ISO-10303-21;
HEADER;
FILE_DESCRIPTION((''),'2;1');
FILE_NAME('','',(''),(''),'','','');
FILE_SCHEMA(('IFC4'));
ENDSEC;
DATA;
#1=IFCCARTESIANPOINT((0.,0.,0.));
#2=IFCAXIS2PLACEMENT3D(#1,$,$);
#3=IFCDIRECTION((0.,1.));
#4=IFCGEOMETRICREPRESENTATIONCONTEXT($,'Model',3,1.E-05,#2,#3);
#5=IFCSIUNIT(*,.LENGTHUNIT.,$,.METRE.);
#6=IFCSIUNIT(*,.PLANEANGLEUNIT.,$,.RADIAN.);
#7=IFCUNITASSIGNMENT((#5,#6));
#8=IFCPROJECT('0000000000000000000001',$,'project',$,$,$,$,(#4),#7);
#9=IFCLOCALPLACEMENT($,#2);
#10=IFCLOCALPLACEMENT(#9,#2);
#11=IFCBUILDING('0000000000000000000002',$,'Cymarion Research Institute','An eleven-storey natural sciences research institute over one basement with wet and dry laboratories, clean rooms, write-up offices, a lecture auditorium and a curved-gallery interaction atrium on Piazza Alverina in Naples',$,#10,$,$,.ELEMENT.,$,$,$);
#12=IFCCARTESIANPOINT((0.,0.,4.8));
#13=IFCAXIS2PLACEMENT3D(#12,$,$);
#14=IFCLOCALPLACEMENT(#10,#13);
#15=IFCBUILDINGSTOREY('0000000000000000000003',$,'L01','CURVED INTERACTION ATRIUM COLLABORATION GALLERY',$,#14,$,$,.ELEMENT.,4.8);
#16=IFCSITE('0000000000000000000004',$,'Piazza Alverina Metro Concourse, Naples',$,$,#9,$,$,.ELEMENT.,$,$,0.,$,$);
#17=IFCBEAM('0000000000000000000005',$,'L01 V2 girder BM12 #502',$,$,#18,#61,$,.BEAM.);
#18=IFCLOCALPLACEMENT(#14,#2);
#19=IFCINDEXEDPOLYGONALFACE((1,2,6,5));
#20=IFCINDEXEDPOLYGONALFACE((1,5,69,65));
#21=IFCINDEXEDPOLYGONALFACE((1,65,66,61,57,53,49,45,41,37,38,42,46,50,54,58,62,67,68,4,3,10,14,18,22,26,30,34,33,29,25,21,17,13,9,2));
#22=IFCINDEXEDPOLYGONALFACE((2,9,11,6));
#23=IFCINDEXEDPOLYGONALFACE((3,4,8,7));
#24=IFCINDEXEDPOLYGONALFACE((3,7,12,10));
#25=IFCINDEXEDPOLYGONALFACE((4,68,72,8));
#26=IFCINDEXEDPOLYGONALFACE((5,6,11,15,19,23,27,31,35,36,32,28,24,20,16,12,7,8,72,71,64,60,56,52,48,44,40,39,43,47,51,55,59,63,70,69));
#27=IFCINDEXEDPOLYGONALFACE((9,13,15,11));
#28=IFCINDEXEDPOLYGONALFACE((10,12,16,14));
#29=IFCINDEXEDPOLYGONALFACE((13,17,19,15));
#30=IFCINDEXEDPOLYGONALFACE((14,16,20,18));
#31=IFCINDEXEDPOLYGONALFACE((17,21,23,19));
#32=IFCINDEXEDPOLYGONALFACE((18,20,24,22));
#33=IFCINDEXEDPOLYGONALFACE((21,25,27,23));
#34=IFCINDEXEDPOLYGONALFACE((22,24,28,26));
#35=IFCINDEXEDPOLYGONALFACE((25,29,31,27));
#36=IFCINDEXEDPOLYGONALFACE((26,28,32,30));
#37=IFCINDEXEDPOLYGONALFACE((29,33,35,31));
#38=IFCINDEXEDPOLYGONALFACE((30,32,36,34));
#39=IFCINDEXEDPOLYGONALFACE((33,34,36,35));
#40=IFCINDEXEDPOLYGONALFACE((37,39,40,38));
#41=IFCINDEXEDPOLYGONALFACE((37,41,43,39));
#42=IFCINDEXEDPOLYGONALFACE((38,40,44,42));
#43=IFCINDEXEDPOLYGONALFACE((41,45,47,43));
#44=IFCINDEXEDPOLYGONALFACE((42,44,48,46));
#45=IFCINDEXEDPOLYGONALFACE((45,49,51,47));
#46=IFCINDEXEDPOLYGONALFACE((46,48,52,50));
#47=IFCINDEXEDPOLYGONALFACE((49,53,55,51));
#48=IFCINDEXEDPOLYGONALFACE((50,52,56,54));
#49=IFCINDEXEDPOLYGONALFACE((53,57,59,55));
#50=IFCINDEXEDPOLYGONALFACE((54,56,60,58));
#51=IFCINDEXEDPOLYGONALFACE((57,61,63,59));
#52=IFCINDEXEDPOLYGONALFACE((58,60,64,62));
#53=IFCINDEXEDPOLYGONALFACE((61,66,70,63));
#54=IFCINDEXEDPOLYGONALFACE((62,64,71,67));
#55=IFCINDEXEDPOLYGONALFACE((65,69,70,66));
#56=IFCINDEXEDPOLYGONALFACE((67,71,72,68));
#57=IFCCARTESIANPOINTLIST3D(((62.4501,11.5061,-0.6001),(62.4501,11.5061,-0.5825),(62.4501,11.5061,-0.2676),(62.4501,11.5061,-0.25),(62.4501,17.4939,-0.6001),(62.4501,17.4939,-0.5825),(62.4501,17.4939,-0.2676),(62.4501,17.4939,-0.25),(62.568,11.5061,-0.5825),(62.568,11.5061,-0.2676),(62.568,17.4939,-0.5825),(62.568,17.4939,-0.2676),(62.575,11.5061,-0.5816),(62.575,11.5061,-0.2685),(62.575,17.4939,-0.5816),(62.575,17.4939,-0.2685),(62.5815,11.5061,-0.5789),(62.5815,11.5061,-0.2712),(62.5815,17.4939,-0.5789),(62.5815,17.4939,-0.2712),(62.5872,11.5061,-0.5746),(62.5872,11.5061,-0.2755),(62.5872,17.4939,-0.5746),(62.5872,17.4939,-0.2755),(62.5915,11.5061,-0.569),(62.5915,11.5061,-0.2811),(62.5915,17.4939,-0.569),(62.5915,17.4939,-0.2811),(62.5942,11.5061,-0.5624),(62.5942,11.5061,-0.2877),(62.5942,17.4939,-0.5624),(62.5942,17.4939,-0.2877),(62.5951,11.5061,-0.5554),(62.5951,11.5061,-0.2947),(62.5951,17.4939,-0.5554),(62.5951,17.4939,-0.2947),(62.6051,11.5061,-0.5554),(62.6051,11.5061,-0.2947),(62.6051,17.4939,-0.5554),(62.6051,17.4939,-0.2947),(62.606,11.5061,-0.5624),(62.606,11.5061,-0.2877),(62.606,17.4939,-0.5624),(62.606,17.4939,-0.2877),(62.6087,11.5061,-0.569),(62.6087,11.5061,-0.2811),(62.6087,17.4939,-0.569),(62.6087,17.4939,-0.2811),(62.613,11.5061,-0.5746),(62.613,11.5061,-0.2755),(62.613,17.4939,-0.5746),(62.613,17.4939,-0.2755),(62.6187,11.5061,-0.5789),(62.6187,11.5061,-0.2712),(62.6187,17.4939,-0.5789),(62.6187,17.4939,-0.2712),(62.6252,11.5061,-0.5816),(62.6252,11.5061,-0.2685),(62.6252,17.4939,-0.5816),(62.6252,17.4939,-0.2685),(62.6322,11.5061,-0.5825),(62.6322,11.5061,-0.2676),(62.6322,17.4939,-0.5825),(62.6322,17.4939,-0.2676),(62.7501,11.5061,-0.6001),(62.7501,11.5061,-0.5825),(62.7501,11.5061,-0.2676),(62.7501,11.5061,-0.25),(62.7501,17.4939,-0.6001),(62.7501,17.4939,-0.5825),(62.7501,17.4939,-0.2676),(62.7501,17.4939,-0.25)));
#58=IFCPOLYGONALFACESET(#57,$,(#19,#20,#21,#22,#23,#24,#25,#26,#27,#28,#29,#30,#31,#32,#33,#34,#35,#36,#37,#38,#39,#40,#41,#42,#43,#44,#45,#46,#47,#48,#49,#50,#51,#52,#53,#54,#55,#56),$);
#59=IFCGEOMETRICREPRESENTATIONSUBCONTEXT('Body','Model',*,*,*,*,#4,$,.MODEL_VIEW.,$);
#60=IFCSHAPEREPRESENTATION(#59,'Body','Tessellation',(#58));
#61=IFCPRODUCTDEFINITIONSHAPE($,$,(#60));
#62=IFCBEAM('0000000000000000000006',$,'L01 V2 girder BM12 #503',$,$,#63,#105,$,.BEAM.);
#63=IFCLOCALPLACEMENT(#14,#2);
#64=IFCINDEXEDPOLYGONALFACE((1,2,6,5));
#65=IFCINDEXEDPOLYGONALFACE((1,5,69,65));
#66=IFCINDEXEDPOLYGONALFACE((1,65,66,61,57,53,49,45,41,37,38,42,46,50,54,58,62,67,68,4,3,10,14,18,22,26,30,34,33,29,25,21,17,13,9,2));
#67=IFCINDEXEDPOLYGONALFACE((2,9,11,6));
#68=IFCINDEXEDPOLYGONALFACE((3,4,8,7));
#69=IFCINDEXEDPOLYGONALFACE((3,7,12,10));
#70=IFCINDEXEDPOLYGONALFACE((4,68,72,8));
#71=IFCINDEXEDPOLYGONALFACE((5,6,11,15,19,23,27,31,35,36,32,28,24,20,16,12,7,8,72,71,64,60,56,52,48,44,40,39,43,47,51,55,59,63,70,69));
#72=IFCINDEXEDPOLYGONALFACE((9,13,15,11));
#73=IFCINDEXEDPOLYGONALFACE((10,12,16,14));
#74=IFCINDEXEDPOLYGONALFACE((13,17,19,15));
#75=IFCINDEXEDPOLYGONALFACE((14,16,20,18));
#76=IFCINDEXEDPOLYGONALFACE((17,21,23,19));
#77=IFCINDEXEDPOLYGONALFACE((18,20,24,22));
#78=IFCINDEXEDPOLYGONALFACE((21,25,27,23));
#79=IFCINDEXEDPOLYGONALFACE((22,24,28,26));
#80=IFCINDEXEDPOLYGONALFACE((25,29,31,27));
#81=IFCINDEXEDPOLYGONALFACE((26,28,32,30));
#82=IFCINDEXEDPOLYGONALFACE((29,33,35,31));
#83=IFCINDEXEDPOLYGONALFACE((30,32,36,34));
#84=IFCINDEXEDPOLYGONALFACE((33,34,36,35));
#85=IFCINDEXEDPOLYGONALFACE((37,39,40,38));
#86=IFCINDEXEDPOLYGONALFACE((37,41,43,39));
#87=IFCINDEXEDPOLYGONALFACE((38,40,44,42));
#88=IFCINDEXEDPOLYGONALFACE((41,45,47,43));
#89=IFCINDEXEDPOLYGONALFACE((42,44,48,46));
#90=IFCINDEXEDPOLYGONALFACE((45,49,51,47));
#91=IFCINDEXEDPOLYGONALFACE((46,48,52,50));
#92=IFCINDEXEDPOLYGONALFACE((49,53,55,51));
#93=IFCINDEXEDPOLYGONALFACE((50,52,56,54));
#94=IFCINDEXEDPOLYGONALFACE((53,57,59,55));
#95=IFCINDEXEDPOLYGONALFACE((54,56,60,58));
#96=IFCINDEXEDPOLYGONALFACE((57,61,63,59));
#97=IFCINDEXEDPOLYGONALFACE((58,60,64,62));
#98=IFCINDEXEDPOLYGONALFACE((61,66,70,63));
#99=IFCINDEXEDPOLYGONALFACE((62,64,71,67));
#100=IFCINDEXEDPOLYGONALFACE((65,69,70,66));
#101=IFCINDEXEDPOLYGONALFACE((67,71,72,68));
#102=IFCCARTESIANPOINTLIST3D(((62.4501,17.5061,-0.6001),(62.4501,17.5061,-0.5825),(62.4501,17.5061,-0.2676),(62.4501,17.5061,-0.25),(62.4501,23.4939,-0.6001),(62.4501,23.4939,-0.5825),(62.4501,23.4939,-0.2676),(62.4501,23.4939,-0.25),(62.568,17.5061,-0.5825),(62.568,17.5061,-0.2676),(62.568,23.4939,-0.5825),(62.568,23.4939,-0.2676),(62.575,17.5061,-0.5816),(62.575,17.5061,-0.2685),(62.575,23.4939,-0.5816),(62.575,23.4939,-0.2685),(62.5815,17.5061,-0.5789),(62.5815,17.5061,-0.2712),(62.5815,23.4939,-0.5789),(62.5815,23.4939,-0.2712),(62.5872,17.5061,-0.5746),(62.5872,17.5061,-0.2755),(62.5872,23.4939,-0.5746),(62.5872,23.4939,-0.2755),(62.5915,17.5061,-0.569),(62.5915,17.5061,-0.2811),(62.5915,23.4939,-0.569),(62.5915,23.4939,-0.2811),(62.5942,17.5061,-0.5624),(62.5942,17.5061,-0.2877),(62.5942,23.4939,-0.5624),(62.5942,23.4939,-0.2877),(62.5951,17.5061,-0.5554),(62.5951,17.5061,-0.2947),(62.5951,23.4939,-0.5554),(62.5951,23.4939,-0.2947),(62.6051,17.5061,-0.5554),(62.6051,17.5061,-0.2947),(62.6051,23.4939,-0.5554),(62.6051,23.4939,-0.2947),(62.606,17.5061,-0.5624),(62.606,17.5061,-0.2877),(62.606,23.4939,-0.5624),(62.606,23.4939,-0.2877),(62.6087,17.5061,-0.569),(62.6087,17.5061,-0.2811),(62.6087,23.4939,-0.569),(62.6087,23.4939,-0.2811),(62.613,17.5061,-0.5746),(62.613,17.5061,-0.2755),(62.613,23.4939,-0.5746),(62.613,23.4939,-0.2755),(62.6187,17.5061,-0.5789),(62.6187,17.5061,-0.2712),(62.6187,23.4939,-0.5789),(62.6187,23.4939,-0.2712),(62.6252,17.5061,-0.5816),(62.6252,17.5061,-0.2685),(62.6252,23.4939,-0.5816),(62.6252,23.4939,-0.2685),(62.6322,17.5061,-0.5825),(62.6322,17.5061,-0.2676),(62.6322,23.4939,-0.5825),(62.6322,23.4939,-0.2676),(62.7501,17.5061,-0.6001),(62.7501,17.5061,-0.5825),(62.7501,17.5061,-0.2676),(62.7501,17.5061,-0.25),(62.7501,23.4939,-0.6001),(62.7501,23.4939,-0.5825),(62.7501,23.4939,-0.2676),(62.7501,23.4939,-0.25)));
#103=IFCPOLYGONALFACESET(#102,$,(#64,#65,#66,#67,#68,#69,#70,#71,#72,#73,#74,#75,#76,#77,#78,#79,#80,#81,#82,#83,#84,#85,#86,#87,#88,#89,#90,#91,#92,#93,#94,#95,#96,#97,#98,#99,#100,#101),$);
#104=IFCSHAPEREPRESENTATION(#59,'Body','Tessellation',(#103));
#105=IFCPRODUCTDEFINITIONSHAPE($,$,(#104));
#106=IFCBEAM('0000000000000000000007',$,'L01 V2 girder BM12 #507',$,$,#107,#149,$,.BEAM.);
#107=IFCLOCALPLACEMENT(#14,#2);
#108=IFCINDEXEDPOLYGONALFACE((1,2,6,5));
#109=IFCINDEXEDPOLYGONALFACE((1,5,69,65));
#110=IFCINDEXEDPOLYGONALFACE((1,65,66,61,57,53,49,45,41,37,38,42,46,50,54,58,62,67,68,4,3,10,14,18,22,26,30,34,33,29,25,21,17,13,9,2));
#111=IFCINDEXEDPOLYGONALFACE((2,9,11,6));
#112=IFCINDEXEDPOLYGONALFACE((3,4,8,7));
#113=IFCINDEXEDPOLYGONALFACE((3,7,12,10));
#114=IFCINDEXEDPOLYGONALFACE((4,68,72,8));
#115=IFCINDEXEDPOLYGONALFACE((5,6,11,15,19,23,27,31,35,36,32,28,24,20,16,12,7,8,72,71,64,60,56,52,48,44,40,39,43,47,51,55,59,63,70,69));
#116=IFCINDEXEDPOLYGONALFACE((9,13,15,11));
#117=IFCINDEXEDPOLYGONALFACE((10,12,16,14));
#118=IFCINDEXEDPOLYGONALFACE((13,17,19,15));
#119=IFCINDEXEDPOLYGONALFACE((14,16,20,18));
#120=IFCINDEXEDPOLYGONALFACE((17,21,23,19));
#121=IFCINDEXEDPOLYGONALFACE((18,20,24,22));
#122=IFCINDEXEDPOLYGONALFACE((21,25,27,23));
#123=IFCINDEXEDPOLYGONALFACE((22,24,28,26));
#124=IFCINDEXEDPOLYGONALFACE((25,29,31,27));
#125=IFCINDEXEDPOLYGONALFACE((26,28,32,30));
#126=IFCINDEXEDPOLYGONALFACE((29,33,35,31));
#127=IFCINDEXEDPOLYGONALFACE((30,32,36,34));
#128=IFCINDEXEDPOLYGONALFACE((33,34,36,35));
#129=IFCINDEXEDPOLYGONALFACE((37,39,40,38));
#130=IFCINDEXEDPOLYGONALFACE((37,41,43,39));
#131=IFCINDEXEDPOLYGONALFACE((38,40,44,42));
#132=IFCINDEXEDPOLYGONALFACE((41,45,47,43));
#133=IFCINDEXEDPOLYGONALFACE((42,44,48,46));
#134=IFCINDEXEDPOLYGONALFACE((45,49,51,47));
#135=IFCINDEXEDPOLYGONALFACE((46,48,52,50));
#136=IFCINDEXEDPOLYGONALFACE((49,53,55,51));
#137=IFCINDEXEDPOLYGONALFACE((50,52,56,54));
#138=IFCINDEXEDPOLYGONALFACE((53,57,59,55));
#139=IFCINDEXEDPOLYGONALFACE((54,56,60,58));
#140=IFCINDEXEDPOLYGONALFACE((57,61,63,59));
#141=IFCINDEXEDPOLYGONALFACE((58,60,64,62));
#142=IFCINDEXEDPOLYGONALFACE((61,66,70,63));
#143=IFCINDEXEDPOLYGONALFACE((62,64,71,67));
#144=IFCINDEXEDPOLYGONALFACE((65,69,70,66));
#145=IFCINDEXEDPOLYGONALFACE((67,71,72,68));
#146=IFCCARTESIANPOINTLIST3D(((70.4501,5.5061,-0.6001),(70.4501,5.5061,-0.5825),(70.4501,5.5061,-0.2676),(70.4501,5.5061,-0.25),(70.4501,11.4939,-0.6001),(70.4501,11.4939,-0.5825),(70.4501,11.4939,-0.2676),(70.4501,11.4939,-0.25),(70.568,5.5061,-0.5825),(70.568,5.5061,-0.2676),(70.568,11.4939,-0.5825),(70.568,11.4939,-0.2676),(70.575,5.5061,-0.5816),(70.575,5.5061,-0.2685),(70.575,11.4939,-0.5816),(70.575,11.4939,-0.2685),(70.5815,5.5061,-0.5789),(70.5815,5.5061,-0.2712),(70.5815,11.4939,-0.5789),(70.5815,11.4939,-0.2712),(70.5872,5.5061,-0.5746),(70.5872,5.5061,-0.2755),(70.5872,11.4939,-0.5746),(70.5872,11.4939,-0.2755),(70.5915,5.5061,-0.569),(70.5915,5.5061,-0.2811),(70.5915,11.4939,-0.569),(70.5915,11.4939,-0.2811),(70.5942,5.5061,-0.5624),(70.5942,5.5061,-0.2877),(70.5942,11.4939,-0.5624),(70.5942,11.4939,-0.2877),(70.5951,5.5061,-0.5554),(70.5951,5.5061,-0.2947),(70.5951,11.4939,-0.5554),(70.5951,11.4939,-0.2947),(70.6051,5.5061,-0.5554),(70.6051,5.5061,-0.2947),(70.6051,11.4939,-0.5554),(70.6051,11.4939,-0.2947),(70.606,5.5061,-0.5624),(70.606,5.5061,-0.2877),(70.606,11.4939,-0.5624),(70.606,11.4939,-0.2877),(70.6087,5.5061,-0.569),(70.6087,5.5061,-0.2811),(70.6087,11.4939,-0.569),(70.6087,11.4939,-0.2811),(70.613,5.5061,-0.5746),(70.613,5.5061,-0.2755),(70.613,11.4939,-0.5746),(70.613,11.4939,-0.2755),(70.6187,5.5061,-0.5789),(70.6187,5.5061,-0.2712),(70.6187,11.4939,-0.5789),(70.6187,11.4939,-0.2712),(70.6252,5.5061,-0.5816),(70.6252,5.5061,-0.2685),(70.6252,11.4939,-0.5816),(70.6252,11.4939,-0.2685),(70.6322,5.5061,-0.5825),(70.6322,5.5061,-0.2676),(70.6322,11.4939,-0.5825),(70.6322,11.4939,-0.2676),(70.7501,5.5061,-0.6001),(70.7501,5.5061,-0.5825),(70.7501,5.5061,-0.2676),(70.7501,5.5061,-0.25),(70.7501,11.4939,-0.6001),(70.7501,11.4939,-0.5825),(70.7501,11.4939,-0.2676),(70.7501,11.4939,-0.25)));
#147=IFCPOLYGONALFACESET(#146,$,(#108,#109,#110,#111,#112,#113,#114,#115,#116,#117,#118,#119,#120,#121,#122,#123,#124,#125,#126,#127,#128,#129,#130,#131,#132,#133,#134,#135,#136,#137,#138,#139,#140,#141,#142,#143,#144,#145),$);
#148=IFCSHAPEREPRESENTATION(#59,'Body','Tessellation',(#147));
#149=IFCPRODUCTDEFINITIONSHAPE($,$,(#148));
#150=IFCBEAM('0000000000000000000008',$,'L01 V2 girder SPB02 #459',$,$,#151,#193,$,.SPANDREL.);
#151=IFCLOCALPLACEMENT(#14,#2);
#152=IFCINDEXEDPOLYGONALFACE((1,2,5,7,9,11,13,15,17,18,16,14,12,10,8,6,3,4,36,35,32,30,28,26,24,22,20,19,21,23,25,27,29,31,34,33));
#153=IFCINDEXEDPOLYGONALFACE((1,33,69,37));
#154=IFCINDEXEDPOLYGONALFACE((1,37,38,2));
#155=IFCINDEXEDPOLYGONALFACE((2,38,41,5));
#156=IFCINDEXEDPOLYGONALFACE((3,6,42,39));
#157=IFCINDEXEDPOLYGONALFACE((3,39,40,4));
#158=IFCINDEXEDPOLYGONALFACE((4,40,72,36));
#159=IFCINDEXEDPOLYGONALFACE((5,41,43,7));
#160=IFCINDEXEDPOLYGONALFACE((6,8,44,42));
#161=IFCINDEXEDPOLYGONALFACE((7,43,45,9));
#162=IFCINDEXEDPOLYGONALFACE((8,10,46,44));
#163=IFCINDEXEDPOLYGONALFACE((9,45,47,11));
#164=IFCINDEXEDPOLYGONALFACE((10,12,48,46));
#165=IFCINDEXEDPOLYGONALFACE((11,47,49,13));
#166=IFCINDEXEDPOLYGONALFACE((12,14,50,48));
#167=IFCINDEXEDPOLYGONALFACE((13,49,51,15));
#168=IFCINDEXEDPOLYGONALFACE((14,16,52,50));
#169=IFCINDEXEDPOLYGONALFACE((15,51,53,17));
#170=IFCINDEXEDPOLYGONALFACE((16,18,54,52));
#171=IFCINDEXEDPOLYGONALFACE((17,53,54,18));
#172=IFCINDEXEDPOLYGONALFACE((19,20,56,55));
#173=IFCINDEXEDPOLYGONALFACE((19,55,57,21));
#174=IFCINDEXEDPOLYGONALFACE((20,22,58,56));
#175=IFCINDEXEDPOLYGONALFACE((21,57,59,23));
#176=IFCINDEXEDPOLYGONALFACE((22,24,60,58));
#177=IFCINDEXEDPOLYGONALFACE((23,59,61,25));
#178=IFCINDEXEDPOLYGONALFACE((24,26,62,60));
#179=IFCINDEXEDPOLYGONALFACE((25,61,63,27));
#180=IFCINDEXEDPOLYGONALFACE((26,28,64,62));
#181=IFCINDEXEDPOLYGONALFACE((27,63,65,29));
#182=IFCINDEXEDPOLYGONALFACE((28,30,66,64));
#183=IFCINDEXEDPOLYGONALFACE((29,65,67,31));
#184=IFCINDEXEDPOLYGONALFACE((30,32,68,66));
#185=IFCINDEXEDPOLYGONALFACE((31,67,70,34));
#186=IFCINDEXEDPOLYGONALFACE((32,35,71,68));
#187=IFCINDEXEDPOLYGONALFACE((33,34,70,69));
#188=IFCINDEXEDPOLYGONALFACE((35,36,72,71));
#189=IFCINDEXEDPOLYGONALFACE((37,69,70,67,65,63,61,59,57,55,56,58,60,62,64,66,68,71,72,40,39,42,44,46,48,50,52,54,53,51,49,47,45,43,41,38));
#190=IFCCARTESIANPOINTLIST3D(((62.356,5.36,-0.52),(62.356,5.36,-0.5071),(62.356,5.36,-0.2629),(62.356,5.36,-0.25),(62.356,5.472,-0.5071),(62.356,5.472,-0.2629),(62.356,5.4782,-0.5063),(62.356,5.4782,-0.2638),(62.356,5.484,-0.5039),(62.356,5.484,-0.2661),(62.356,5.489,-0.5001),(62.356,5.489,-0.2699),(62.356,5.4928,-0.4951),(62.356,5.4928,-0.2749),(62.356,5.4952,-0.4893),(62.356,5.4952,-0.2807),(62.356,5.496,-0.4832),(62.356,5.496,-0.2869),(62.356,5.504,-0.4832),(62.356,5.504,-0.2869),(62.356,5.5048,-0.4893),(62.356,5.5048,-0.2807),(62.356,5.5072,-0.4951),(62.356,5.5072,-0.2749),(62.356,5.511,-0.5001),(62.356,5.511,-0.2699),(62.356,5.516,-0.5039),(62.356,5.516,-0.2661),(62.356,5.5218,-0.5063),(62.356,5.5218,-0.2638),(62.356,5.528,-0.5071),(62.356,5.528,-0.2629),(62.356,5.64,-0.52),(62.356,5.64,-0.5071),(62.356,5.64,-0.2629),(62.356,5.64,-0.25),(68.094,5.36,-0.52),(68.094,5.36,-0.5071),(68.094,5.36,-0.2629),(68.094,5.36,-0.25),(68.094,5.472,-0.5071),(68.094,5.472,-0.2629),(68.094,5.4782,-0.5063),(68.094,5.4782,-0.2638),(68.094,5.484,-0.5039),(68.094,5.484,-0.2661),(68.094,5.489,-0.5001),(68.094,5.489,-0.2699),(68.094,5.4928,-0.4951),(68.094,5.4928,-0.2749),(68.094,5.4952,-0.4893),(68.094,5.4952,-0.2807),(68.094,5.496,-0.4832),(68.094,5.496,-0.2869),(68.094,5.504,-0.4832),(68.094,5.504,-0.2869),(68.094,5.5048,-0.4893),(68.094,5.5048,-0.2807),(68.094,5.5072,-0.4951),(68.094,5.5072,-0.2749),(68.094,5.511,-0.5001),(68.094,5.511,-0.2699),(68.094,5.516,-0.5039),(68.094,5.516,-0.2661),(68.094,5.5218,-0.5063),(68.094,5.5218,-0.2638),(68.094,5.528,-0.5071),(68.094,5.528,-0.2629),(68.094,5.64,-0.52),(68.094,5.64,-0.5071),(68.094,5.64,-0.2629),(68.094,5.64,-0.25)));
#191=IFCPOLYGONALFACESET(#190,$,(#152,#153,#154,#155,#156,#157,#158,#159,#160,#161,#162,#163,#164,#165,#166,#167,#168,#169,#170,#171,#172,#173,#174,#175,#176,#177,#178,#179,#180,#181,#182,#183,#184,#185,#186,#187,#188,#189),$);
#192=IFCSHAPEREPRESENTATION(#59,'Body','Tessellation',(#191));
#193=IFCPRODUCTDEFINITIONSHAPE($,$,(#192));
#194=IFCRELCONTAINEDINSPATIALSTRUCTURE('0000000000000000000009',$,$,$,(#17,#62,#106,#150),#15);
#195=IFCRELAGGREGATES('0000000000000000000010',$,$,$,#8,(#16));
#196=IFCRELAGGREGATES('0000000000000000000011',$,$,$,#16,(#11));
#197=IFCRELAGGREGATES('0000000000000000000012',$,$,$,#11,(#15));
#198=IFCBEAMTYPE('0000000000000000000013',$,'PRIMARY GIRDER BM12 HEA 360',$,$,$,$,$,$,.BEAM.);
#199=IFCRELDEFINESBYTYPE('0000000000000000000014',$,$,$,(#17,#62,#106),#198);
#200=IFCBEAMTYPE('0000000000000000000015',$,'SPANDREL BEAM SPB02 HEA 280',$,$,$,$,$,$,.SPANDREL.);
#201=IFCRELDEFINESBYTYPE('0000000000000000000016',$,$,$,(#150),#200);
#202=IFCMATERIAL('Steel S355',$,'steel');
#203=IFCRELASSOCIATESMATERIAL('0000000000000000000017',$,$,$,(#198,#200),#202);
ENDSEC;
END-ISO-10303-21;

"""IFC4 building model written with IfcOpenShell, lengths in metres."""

from ifc_helpers import new_model, si_unit, direction, frame, origin, origin_2d, place, context, subcontext, project, spatial, i_section, extrude, material, material_profile, profile_set, type_object, element, save


model = new_model("IFC4")

# Units and contexts
model_context = context("Model", 3, precision=1e-05, world=origin(), true_north=direction((0.0, 1.0)))
body_context = subcontext(model_context, "Body", "Model", "MODEL_VIEW")
ifc_project = project(units=[si_unit("LENGTHUNIT", "METRE"), si_unit("PLANEANGLEUNIT", "RADIAN")], contexts=[model_context])

# Site, building, storey
site_placement = place(None, origin())
site = spatial("IfcSite", under=ifc_project, at=site_placement, Name="Piazza Alverina Metro Concourse, Naples", CompositionType="ELEMENT", RefElevation=0.0)
building_placement = place(site_placement, origin())
building = spatial("IfcBuilding", under=site, at=building_placement, Name="Cymarion Research Institute", Description="An eleven-storey natural sciences research institute over one basement with wet and dry laboratories, clean rooms, write-up offices, a lecture auditorium and a curved-gallery interaction atrium on Piazza Alverina in Naples", CompositionType="ELEMENT")
storey_placement = place(building_placement, frame((0.0, 0.0, 4.8)))
storey = spatial("IfcBuildingStorey", under=building, at=storey_placement, Name="L01", Description="CURVED INTERACTION ATRIUM COLLABORATION GALLERY", CompositionType="ELEMENT", Elevation=4.8)

# Shared definitions
ifc_material_1 = material(Name="Steel S355", Category="steel")

# Beams
ifc_material_profile_1 = material_profile(ifc_material_1, i_section(OverallWidth=0.3, OverallDepth=0.3501, WebThickness=0.01, FlangeThickness=0.0176, FilletRadius=0.0271, at=origin_2d()), Name="HEA 360")
ifc_profile_set_1 = profile_set([ifc_material_profile_1], Name="Steel S355")
beam_type_1 = type_object("IfcBeamType", Name="PRIMARY GIRDER BM12 HEA 360", PredefinedType="BEAM", material=ifc_profile_set_1)
for number, where, z_axis, x_axis, name in (
    (1, (62.6001, 11.5061, -0.425), (0.0, 1.0, 0.0), (-1.0, 0.0, 0.0), "L01 V2 girder BM12 #502"),
    (2, (62.6001, 17.5061, -0.425), (0.0, 1.0, 0.0), (-1.0, 0.0, 0.0), "L01 V2 girder BM12 #503"),
    (3, (70.6001, 5.5061, -0.425), (0.0, 1.0, 0.0), (-1.0, 0.0, 0.0), "L01 V2 girder BM12 #507"),
):
    element("IfcBeam", number, at=place(storey_placement, frame(where, z_axis=z_axis, x_axis=x_axis)), inside=storey, type_object=beam_type_1, Name=name, PredefinedType="BEAM", context=body_context, shape_type="SweptSolid", body=[
        extrude(i_section(OverallWidth=0.3, OverallDepth=0.3501, WebThickness=0.01, FlangeThickness=0.0176, FilletRadius=0.0271, at=origin_2d()), origin(), (0.0, 0.0, 1.0), 5.9878),
    ])
ifc_material_profile_2 = material_profile(ifc_material_1, i_section(OverallWidth=0.28, OverallDepth=0.27, WebThickness=0.0081, FlangeThickness=0.0129, FilletRadius=0.0239, at=origin_2d()), Name="HEA 280")
ifc_profile_set_2 = profile_set([ifc_material_profile_2], Name="Steel S355")
beam_type_2 = type_object("IfcBeamType", Name="SPANDREL BEAM SPB02 HEA 280", PredefinedType="SPANDREL", material=ifc_profile_set_2)
beam_1_placement = place(storey_placement, frame((62.356, 5.5, -0.385), z_axis=(1.0, 0.0, 0.0), x_axis=(0.0, 1.0, 0.0)))
element("IfcBeam", 4, at=beam_1_placement, inside=storey, type_object=beam_type_2, Name="L01 V2 girder SPB02 #459", PredefinedType="SPANDREL", context=body_context, shape_type="SweptSolid", body=[
    extrude(i_section(OverallWidth=0.28, OverallDepth=0.27, WebThickness=0.0081, FlangeThickness=0.0129, FilletRadius=0.0239, at=origin_2d()), origin(), (0.0, 0.0, 1.0), 5.738),
])

save(model, "model.ifc")
